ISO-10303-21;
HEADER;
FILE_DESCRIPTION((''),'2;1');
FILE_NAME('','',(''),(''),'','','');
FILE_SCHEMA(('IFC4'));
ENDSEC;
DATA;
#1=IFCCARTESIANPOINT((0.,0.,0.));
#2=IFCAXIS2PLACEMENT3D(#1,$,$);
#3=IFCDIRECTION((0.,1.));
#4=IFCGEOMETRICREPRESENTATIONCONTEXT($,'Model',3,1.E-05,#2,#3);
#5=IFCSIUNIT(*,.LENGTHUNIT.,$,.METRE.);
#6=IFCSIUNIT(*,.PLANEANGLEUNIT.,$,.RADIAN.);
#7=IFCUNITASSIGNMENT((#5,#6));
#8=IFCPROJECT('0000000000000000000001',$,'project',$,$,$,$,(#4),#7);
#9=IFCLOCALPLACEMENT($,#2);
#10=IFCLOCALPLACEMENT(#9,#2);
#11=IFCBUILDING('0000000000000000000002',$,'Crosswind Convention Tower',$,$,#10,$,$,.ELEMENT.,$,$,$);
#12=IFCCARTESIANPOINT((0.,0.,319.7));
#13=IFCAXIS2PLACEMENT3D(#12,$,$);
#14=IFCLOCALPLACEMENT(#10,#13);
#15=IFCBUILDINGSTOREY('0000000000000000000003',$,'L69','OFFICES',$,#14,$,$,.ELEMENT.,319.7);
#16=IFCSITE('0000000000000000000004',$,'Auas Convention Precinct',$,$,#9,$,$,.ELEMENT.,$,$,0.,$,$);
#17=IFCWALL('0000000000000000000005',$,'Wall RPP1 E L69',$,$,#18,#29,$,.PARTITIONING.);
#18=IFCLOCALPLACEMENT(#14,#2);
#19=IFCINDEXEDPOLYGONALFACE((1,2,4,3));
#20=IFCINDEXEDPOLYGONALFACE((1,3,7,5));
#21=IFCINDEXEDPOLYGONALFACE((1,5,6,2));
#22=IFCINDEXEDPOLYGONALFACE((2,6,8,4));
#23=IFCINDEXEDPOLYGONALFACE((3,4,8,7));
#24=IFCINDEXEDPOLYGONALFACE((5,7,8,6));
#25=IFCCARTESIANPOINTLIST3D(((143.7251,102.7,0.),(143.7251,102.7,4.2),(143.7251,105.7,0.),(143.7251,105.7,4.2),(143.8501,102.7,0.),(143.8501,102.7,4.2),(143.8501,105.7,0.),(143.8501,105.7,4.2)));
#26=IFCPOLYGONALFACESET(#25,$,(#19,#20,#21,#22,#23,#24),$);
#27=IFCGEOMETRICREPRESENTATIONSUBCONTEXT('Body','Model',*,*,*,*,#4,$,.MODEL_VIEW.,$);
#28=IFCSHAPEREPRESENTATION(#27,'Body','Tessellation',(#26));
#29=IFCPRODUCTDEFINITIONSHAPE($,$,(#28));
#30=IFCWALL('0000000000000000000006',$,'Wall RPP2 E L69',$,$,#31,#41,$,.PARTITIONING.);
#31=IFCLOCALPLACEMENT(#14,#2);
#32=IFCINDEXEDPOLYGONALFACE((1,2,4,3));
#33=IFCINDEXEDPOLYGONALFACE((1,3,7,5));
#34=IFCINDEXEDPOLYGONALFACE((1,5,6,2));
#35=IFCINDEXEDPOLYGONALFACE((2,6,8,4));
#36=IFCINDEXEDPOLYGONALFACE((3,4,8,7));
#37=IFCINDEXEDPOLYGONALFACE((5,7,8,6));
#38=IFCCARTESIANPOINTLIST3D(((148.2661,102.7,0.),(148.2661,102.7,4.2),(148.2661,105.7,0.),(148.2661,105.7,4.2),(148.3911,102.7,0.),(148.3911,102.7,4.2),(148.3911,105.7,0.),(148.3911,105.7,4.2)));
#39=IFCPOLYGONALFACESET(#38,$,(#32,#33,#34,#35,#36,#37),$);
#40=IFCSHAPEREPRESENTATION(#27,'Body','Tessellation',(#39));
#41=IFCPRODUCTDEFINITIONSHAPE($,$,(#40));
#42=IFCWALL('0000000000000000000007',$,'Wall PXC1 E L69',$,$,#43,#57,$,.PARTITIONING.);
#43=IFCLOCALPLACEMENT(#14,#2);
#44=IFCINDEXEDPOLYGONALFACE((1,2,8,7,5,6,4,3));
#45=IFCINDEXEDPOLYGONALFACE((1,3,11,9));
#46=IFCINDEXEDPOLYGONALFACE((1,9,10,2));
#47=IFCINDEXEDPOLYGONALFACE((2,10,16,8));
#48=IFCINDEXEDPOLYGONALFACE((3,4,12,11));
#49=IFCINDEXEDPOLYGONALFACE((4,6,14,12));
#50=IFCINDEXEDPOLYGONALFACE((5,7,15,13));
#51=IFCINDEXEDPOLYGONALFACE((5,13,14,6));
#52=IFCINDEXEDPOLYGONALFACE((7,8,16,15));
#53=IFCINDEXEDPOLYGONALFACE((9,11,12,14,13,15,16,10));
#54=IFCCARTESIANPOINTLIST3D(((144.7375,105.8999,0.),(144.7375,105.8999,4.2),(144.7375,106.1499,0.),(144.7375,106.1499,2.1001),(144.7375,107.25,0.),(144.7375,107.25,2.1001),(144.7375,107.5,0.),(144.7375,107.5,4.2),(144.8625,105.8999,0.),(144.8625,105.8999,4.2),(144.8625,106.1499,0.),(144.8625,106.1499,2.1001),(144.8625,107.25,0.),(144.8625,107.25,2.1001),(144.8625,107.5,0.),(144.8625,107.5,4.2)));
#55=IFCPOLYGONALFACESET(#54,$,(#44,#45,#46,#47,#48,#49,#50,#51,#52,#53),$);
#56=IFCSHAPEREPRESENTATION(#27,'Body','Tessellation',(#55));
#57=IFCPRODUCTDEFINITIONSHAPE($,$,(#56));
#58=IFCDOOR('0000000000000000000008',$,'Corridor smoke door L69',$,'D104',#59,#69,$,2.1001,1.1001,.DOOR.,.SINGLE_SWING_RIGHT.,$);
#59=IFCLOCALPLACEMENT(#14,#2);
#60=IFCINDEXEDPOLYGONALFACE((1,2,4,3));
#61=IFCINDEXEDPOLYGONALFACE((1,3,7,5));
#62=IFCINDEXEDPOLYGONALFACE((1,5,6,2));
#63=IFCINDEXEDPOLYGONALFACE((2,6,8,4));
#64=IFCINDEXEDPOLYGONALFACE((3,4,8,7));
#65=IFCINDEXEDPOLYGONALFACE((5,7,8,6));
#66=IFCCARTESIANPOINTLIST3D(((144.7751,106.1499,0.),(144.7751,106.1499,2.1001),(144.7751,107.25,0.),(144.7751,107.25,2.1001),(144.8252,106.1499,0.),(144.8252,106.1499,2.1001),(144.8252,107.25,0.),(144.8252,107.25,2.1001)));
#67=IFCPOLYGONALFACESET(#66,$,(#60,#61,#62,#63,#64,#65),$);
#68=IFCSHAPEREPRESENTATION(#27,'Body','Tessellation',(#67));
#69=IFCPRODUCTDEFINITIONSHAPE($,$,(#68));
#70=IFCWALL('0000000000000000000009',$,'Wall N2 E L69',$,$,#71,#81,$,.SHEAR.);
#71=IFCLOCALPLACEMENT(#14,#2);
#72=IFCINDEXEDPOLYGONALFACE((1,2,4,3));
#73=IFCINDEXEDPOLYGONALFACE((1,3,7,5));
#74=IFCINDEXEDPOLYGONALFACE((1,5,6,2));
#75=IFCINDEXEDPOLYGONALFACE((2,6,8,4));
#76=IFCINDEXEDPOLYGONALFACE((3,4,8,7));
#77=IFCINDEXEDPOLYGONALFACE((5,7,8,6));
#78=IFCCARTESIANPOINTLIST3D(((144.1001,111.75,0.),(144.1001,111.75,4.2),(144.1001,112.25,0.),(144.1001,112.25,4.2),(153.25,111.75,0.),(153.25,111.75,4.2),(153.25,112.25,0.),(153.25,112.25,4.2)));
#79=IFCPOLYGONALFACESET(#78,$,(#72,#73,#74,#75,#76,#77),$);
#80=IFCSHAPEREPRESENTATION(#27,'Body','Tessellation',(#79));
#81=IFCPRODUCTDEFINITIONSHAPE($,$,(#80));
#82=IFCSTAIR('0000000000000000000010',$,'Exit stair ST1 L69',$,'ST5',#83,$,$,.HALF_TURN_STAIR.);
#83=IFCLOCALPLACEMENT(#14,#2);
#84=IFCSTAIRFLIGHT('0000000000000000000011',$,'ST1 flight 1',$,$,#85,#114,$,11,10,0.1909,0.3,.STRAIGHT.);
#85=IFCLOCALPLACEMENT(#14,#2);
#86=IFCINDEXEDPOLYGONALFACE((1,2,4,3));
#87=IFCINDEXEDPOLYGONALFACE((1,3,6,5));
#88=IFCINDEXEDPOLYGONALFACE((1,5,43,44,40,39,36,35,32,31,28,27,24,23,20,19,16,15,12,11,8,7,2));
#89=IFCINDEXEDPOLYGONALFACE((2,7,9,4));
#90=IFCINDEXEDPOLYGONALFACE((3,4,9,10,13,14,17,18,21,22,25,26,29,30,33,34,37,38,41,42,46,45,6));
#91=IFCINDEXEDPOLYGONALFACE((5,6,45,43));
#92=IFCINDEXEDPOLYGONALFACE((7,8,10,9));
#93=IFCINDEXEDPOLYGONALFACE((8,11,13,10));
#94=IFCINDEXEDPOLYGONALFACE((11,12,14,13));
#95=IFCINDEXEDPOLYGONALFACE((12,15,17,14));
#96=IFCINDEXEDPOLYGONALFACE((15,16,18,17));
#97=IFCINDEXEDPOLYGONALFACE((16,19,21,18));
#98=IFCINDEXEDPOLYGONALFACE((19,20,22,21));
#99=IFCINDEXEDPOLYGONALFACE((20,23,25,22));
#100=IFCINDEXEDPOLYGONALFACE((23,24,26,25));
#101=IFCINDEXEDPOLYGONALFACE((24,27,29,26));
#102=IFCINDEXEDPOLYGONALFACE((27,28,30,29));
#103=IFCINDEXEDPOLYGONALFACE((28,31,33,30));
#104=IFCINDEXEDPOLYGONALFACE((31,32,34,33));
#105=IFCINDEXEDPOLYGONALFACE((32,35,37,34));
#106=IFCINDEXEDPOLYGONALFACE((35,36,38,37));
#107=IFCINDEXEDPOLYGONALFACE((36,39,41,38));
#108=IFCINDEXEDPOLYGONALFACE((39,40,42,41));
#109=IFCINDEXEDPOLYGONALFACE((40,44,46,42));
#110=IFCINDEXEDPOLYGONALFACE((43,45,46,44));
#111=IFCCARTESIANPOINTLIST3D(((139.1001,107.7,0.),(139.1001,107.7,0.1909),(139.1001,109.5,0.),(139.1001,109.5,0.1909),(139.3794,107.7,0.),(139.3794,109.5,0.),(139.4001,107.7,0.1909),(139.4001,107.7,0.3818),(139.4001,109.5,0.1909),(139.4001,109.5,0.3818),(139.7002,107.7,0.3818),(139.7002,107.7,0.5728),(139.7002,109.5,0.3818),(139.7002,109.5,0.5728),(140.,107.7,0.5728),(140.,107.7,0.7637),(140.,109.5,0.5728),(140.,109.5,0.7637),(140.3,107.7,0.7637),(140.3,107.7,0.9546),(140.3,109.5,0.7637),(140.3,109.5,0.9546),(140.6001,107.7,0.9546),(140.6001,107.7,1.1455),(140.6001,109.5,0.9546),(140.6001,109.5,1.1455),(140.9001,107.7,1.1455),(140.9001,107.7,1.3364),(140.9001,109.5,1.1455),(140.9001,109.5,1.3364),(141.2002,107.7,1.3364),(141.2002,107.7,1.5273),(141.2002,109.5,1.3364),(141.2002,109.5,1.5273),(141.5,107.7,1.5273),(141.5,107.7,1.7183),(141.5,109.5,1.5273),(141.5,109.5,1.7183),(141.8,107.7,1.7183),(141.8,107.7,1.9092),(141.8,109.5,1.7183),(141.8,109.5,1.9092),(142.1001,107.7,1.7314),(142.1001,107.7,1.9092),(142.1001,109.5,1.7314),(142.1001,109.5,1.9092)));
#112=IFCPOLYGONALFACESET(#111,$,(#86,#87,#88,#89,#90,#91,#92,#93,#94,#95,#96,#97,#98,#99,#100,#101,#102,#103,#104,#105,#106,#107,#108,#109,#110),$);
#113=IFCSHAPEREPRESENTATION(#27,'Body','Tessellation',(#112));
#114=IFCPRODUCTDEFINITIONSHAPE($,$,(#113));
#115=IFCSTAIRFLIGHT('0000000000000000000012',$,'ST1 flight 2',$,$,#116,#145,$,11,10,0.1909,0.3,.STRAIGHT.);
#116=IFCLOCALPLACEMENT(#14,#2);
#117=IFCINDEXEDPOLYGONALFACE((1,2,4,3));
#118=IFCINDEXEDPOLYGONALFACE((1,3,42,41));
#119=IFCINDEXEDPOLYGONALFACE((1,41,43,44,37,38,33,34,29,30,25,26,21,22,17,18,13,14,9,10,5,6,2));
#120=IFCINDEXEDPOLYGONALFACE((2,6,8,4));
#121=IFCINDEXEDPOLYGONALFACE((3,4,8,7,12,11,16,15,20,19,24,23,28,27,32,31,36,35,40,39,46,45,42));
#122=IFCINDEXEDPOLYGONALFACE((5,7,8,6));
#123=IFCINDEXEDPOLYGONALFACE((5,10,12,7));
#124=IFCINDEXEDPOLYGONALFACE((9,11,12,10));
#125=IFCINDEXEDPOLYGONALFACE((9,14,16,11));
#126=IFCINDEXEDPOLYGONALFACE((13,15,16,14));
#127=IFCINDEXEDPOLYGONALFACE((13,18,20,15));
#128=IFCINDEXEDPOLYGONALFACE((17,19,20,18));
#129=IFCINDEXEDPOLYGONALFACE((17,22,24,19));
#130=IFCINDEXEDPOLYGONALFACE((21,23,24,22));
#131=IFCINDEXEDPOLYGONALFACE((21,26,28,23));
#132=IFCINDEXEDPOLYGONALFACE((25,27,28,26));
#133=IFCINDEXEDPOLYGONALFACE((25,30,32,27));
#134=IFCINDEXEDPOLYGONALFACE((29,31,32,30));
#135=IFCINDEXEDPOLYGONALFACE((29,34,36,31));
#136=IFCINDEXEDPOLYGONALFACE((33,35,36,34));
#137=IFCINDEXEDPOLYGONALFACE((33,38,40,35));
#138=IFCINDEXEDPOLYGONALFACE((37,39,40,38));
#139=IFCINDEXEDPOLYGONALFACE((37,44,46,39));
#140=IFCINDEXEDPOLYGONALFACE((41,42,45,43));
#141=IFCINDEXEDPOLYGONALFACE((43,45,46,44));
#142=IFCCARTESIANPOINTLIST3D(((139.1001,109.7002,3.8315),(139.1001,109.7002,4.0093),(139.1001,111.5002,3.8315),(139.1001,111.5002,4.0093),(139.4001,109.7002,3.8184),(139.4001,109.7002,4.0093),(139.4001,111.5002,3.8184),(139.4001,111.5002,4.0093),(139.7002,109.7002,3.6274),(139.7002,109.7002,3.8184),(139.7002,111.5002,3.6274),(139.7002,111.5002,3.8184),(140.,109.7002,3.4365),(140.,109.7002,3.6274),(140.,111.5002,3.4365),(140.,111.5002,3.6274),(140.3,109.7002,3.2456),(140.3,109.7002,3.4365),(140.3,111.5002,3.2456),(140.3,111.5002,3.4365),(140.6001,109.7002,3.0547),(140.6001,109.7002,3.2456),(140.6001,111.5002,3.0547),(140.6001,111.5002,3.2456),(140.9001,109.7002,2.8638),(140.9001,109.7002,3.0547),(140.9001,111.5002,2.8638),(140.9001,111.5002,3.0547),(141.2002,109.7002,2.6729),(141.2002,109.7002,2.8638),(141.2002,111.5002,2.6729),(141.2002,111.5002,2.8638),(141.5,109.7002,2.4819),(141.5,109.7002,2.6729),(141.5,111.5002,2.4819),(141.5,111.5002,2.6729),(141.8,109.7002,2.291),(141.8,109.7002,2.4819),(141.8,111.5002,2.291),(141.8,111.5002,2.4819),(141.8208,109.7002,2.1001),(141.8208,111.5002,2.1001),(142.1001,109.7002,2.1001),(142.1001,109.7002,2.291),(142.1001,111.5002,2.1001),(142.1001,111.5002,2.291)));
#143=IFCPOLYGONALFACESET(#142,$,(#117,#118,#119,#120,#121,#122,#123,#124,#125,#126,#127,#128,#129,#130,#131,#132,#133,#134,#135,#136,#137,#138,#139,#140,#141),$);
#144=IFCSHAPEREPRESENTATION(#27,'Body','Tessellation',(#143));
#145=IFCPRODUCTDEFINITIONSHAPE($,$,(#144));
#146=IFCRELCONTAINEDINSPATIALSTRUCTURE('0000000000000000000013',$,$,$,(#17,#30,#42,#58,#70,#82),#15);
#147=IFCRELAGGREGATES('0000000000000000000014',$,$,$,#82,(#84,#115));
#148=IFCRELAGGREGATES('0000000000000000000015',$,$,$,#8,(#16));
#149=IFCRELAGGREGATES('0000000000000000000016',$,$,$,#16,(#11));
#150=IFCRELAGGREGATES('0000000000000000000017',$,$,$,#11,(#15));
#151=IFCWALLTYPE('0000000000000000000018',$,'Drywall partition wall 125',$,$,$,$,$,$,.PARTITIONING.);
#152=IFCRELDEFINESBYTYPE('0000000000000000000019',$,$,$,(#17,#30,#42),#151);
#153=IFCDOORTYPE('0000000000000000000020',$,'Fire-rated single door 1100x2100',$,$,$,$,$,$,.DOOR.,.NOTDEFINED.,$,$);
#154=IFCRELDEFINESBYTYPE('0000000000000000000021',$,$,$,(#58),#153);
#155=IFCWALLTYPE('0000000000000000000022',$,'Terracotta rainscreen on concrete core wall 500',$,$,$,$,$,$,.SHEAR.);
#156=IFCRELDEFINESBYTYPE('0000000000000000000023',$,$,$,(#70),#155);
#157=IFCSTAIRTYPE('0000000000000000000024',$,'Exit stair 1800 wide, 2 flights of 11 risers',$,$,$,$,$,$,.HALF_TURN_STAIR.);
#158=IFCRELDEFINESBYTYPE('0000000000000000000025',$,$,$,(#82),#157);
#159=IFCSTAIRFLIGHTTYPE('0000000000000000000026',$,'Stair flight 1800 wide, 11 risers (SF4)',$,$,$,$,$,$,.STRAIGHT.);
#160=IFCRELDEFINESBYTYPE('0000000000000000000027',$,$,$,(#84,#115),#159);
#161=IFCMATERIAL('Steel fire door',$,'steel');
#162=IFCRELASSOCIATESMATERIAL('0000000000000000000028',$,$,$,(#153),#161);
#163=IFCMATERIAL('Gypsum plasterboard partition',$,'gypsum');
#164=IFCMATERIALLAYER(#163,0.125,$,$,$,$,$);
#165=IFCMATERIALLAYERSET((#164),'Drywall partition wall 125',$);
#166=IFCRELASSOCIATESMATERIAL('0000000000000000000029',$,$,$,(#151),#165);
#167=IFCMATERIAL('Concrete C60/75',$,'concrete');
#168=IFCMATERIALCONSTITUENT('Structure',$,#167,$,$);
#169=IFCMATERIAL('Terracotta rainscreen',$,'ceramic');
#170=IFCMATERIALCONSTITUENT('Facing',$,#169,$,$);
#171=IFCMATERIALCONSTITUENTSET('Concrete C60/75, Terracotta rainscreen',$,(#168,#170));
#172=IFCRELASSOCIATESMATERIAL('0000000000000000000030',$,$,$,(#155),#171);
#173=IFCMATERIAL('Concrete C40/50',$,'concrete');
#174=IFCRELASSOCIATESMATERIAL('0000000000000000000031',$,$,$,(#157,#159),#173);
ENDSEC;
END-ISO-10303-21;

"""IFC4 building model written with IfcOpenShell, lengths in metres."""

from ifc_helpers import new_model, si_unit, direction, frame, frame_2d, origin, place, context, subcontext, project, spatial, polyline, rectangle, outline, extrude, material, layer, layer_set, constituent, constituent_set, type_object, element, fill, aggregate, save


model = new_model("IFC4")

# Units and contexts
model_context = context("Model", 3, precision=1e-05, world=origin(), true_north=direction((0.0, 1.0)))
body_context = subcontext(model_context, "Body", "Model", "MODEL_VIEW")
ifc_project = project(units=[si_unit("LENGTHUNIT", "METRE"), si_unit("PLANEANGLEUNIT", "RADIAN")], contexts=[model_context])

# Site, building, storey
site_placement = place(None, origin())
site = spatial("IfcSite", under=ifc_project, at=site_placement, Name="Auas Convention Precinct", CompositionType="ELEMENT", RefElevation=0.0)
building_placement = place(site_placement, origin())
building = spatial("IfcBuilding", under=site, at=building_placement, Name="Crosswind Convention Tower", CompositionType="ELEMENT")
storey_placement = place(building_placement, frame((0.0, 0.0, 319.7)))
storey = spatial("IfcBuildingStorey", under=building, at=storey_placement, Name="L69", Description="OFFICES", CompositionType="ELEMENT", Elevation=319.7)

# Shared definitions
ifc_material_1 = material(Name="Steel fire door", Category="steel")
door_type_1 = type_object("IfcDoorType", Name="Fire-rated single door 1100x2100", OperationType="NOTDEFINED", PredefinedType="DOOR", material=ifc_material_1)

# Walls
ifc_material_2 = material(Name="Gypsum plasterboard partition", Category="gypsum")
ifc_layer_1 = layer(ifc_material_2, 0.125)
ifc_layer_set_1 = layer_set([ifc_layer_1], Name="Drywall partition wall 125")
wall_type_1 = type_object("IfcWallType", Name="Drywall partition wall 125", PredefinedType="PARTITIONING", material=ifc_layer_set_1)
for number, where, z_axis, x_axis, name in (
    (1, (143.7876, 102.7, 0.0), (0.0, 0.0, 1.0), (0.0, 1.0, 0.0), "Wall RPP1 E L69"),
    (2, (148.3286, 102.7, 0.0), (0.0, 0.0, 1.0), (0.0, 1.0, 0.0), "Wall RPP2 E L69"),
):
    element("IfcWall", number, at=place(storey_placement, frame(where, z_axis=z_axis, x_axis=x_axis)), inside=storey, type_object=wall_type_1, Name=name, PredefinedType="PARTITIONING", context=body_context, shape_type="SweptSolid", body=[
        extrude(rectangle(XDim=3.0, YDim=0.125, at=frame_2d((1.5, 0.0))), origin(), (0.0, 0.0, 1.0), 4.2),
    ])

# Wall, opening, door
wall_1_placement = place(storey_placement, frame((144.8, 105.8999, 0.0), z_axis=(0.0, 0.0, 1.0), x_axis=(0.0, 1.0, 0.0)))
wall_1 = element("IfcWall", 3, at=wall_1_placement, inside=storey, type_object=wall_type_1, Name="Wall PXC1 E L69", PredefinedType="PARTITIONING", context=body_context, shape_type="SweptSolid", body=[
    extrude(rectangle(XDim=1.6001, YDim=0.125, at=frame_2d((0.8, 0.0))), origin(), (0.0, 0.0, 1.0), 4.2),
])
opening_1_placement = place(wall_1_placement, frame((0.25, 0.0, 0.0)))
opening_1 = element("IfcOpeningElement", 4, at=opening_1_placement, cuts=wall_1, PredefinedType="OPENING", context=body_context, shape_type="SweptSolid", body=[
    extrude(rectangle(XDim=1.1001, YDim=2.1001, at=frame_2d((0.55, 1.05))), frame((0.0, 0.0725, 0.0), z_axis=(0.0, -1.0, 0.0), x_axis=(1.0, 0.0, 0.0)), (0.0, 0.0, 1.0), 0.145),
])
door_1_placement = place(opening_1_placement, origin())
door_1 = element("IfcDoor", 5, at=door_1_placement, inside=storey, type_object=door_type_1, Name="Corridor smoke door L69", ObjectType="D104", OperationType="SINGLE_SWING_RIGHT", OverallHeight=2.1001, OverallWidth=1.1001, PredefinedType="DOOR", context=body_context, shape_type="SweptSolid", body=[
    extrude(rectangle(XDim=1.1001, YDim=2.1001, at=frame_2d((0.55, 1.05))), frame((0.0, 0.0249, 0.0), z_axis=(0.0, -1.0, 0.0), x_axis=(1.0, 0.0, 0.0)), (0.0, 0.0, 1.0), 0.05),
])
fill(opening_1, door_1)

# Wall
ifc_material_3 = material(Name="Concrete C60/75", Category="concrete")
ifc_constituent_1 = constituent(ifc_material_3, Name="Structure")
ifc_material_4 = material(Name="Terracotta rainscreen", Category="ceramic")
ifc_constituent_2 = constituent(ifc_material_4, Name="Facing")
ifc_constituent_set = constituent_set(constituents=[ifc_constituent_1, ifc_constituent_2], Name="Concrete C60/75, Terracotta rainscreen")
wall_type_2 = type_object("IfcWallType", Name="Terracotta rainscreen on concrete core wall 500", PredefinedType="SHEAR", material=ifc_constituent_set)
wall_2_placement = place(storey_placement, frame((144.1001, 112.0, 0.0), z_axis=(0.0, 0.0, 1.0), x_axis=(1.0, 0.0, 0.0)))
element("IfcWall", 6, at=wall_2_placement, inside=storey, type_object=wall_type_2, Name="Wall N2 E L69", PredefinedType="SHEAR", context=body_context, shape_type="SweptSolid", body=[
    extrude(rectangle(XDim=9.1499, YDim=0.5, at=frame_2d((4.575, 0.0))), origin(), (0.0, 0.0, 1.0), 4.2),
])

# Stair, stair flights
ifc_material_5 = material(Name="Concrete C40/50", Category="concrete")
stair_type = type_object("IfcStairType", Name="Exit stair 1800 wide, 2 flights of 11 risers", PredefinedType="HALF_TURN_STAIR", material=ifc_material_5)
stair_placement = place(storey_placement, origin())
stair = element("IfcStair", 7, at=stair_placement, inside=storey, type_object=stair_type, Name="Exit stair ST1 L69", ObjectType="ST5", PredefinedType="HALF_TURN_STAIR")
stair_flight_type = type_object("IfcStairFlightType", Name="Stair flight 1800 wide, 11 risers (SF4)", PredefinedType="STRAIGHT", material=ifc_material_5)
stair_flight_1_placement = place(storey_placement, frame((139.1001, 108.6001, 0.0), z_axis=(0.0, 0.0, 1.0), x_axis=(1.0, 0.0, 0.0)))
stair_flight_1 = element("IfcStairFlight", 8, at=stair_flight_1_placement, type_object=stair_flight_type, Name="ST1 flight 1", NumberOfRisers=11, NumberOfTreads=10, PredefinedType="STRAIGHT", RiserHeight=0.1909, TreadLength=0.3, context=body_context, shape_type="SweptSolid", body=[
    extrude(outline(polyline([(0.0, 0.0), (0.0, 0.1909), (0.3, 0.1909), (0.3, 0.3818), (0.6001, 0.3818), (0.6001, 0.5728), (0.8999, 0.5728), (0.8999, 0.7637), (1.2, 0.7637), (1.2, 0.9546), (1.5, 0.9546), (1.5, 1.1455), (1.8, 1.1455), (1.8, 1.3364), (2.1001, 1.3364), (2.1001, 1.5273), (2.3999, 1.5273), (2.3999, 1.7183), (2.7, 1.7183), (2.7, 1.9092), (3.0, 1.9092), (3.0, 2.1001), (3.0, 1.7314), (0.2793, 0.0), (0.0, 0.0)])), frame((0.0, 0.8999, 0.0), z_axis=(0.0, -1.0, 0.0), x_axis=(1.0, 0.0, 0.0)), (0.0, 0.0, 1.0), 1.8),
])
stair_flight_2_placement = place(storey_placement, frame((142.1001, 110.6001, 2.1001), z_axis=(0.0, 0.0, 1.0), x_axis=(-1.0, 0.0, 0.0)))
stair_flight_2 = element("IfcStairFlight", 9, at=stair_flight_2_placement, type_object=stair_flight_type, Name="ST1 flight 2", NumberOfRisers=11, NumberOfTreads=10, PredefinedType="STRAIGHT", RiserHeight=0.1909, TreadLength=0.3, context=body_context, shape_type="SweptSolid", body=[
    extrude(outline(polyline([(0.0, 0.0), (0.0, 0.1909), (0.3, 0.1909), (0.3, 0.3818), (0.6001, 0.3818), (0.6001, 0.5728), (0.8999, 0.5728), (0.8999, 0.7637), (1.2, 0.7637), (1.2, 0.9546), (1.5, 0.9546), (1.5, 1.1455), (1.8, 1.1455), (1.8, 1.3364), (2.1001, 1.3364), (2.1001, 1.5273), (2.3999, 1.5273), (2.3999, 1.7183), (2.7, 1.7183), (2.7, 1.9092), (3.0, 1.9092), (3.0, 2.1001), (3.0, 1.7314), (0.2793, 0.0), (0.0, 0.0)])), frame((0.0, 0.8999, 0.0), z_axis=(0.0, -1.0, 0.0), x_axis=(1.0, 0.0, 0.0)), (0.0, 0.0, 1.0), 1.8),
])
aggregate(stair, [stair_flight_1, stair_flight_2])

save(model, "model.ifc")
